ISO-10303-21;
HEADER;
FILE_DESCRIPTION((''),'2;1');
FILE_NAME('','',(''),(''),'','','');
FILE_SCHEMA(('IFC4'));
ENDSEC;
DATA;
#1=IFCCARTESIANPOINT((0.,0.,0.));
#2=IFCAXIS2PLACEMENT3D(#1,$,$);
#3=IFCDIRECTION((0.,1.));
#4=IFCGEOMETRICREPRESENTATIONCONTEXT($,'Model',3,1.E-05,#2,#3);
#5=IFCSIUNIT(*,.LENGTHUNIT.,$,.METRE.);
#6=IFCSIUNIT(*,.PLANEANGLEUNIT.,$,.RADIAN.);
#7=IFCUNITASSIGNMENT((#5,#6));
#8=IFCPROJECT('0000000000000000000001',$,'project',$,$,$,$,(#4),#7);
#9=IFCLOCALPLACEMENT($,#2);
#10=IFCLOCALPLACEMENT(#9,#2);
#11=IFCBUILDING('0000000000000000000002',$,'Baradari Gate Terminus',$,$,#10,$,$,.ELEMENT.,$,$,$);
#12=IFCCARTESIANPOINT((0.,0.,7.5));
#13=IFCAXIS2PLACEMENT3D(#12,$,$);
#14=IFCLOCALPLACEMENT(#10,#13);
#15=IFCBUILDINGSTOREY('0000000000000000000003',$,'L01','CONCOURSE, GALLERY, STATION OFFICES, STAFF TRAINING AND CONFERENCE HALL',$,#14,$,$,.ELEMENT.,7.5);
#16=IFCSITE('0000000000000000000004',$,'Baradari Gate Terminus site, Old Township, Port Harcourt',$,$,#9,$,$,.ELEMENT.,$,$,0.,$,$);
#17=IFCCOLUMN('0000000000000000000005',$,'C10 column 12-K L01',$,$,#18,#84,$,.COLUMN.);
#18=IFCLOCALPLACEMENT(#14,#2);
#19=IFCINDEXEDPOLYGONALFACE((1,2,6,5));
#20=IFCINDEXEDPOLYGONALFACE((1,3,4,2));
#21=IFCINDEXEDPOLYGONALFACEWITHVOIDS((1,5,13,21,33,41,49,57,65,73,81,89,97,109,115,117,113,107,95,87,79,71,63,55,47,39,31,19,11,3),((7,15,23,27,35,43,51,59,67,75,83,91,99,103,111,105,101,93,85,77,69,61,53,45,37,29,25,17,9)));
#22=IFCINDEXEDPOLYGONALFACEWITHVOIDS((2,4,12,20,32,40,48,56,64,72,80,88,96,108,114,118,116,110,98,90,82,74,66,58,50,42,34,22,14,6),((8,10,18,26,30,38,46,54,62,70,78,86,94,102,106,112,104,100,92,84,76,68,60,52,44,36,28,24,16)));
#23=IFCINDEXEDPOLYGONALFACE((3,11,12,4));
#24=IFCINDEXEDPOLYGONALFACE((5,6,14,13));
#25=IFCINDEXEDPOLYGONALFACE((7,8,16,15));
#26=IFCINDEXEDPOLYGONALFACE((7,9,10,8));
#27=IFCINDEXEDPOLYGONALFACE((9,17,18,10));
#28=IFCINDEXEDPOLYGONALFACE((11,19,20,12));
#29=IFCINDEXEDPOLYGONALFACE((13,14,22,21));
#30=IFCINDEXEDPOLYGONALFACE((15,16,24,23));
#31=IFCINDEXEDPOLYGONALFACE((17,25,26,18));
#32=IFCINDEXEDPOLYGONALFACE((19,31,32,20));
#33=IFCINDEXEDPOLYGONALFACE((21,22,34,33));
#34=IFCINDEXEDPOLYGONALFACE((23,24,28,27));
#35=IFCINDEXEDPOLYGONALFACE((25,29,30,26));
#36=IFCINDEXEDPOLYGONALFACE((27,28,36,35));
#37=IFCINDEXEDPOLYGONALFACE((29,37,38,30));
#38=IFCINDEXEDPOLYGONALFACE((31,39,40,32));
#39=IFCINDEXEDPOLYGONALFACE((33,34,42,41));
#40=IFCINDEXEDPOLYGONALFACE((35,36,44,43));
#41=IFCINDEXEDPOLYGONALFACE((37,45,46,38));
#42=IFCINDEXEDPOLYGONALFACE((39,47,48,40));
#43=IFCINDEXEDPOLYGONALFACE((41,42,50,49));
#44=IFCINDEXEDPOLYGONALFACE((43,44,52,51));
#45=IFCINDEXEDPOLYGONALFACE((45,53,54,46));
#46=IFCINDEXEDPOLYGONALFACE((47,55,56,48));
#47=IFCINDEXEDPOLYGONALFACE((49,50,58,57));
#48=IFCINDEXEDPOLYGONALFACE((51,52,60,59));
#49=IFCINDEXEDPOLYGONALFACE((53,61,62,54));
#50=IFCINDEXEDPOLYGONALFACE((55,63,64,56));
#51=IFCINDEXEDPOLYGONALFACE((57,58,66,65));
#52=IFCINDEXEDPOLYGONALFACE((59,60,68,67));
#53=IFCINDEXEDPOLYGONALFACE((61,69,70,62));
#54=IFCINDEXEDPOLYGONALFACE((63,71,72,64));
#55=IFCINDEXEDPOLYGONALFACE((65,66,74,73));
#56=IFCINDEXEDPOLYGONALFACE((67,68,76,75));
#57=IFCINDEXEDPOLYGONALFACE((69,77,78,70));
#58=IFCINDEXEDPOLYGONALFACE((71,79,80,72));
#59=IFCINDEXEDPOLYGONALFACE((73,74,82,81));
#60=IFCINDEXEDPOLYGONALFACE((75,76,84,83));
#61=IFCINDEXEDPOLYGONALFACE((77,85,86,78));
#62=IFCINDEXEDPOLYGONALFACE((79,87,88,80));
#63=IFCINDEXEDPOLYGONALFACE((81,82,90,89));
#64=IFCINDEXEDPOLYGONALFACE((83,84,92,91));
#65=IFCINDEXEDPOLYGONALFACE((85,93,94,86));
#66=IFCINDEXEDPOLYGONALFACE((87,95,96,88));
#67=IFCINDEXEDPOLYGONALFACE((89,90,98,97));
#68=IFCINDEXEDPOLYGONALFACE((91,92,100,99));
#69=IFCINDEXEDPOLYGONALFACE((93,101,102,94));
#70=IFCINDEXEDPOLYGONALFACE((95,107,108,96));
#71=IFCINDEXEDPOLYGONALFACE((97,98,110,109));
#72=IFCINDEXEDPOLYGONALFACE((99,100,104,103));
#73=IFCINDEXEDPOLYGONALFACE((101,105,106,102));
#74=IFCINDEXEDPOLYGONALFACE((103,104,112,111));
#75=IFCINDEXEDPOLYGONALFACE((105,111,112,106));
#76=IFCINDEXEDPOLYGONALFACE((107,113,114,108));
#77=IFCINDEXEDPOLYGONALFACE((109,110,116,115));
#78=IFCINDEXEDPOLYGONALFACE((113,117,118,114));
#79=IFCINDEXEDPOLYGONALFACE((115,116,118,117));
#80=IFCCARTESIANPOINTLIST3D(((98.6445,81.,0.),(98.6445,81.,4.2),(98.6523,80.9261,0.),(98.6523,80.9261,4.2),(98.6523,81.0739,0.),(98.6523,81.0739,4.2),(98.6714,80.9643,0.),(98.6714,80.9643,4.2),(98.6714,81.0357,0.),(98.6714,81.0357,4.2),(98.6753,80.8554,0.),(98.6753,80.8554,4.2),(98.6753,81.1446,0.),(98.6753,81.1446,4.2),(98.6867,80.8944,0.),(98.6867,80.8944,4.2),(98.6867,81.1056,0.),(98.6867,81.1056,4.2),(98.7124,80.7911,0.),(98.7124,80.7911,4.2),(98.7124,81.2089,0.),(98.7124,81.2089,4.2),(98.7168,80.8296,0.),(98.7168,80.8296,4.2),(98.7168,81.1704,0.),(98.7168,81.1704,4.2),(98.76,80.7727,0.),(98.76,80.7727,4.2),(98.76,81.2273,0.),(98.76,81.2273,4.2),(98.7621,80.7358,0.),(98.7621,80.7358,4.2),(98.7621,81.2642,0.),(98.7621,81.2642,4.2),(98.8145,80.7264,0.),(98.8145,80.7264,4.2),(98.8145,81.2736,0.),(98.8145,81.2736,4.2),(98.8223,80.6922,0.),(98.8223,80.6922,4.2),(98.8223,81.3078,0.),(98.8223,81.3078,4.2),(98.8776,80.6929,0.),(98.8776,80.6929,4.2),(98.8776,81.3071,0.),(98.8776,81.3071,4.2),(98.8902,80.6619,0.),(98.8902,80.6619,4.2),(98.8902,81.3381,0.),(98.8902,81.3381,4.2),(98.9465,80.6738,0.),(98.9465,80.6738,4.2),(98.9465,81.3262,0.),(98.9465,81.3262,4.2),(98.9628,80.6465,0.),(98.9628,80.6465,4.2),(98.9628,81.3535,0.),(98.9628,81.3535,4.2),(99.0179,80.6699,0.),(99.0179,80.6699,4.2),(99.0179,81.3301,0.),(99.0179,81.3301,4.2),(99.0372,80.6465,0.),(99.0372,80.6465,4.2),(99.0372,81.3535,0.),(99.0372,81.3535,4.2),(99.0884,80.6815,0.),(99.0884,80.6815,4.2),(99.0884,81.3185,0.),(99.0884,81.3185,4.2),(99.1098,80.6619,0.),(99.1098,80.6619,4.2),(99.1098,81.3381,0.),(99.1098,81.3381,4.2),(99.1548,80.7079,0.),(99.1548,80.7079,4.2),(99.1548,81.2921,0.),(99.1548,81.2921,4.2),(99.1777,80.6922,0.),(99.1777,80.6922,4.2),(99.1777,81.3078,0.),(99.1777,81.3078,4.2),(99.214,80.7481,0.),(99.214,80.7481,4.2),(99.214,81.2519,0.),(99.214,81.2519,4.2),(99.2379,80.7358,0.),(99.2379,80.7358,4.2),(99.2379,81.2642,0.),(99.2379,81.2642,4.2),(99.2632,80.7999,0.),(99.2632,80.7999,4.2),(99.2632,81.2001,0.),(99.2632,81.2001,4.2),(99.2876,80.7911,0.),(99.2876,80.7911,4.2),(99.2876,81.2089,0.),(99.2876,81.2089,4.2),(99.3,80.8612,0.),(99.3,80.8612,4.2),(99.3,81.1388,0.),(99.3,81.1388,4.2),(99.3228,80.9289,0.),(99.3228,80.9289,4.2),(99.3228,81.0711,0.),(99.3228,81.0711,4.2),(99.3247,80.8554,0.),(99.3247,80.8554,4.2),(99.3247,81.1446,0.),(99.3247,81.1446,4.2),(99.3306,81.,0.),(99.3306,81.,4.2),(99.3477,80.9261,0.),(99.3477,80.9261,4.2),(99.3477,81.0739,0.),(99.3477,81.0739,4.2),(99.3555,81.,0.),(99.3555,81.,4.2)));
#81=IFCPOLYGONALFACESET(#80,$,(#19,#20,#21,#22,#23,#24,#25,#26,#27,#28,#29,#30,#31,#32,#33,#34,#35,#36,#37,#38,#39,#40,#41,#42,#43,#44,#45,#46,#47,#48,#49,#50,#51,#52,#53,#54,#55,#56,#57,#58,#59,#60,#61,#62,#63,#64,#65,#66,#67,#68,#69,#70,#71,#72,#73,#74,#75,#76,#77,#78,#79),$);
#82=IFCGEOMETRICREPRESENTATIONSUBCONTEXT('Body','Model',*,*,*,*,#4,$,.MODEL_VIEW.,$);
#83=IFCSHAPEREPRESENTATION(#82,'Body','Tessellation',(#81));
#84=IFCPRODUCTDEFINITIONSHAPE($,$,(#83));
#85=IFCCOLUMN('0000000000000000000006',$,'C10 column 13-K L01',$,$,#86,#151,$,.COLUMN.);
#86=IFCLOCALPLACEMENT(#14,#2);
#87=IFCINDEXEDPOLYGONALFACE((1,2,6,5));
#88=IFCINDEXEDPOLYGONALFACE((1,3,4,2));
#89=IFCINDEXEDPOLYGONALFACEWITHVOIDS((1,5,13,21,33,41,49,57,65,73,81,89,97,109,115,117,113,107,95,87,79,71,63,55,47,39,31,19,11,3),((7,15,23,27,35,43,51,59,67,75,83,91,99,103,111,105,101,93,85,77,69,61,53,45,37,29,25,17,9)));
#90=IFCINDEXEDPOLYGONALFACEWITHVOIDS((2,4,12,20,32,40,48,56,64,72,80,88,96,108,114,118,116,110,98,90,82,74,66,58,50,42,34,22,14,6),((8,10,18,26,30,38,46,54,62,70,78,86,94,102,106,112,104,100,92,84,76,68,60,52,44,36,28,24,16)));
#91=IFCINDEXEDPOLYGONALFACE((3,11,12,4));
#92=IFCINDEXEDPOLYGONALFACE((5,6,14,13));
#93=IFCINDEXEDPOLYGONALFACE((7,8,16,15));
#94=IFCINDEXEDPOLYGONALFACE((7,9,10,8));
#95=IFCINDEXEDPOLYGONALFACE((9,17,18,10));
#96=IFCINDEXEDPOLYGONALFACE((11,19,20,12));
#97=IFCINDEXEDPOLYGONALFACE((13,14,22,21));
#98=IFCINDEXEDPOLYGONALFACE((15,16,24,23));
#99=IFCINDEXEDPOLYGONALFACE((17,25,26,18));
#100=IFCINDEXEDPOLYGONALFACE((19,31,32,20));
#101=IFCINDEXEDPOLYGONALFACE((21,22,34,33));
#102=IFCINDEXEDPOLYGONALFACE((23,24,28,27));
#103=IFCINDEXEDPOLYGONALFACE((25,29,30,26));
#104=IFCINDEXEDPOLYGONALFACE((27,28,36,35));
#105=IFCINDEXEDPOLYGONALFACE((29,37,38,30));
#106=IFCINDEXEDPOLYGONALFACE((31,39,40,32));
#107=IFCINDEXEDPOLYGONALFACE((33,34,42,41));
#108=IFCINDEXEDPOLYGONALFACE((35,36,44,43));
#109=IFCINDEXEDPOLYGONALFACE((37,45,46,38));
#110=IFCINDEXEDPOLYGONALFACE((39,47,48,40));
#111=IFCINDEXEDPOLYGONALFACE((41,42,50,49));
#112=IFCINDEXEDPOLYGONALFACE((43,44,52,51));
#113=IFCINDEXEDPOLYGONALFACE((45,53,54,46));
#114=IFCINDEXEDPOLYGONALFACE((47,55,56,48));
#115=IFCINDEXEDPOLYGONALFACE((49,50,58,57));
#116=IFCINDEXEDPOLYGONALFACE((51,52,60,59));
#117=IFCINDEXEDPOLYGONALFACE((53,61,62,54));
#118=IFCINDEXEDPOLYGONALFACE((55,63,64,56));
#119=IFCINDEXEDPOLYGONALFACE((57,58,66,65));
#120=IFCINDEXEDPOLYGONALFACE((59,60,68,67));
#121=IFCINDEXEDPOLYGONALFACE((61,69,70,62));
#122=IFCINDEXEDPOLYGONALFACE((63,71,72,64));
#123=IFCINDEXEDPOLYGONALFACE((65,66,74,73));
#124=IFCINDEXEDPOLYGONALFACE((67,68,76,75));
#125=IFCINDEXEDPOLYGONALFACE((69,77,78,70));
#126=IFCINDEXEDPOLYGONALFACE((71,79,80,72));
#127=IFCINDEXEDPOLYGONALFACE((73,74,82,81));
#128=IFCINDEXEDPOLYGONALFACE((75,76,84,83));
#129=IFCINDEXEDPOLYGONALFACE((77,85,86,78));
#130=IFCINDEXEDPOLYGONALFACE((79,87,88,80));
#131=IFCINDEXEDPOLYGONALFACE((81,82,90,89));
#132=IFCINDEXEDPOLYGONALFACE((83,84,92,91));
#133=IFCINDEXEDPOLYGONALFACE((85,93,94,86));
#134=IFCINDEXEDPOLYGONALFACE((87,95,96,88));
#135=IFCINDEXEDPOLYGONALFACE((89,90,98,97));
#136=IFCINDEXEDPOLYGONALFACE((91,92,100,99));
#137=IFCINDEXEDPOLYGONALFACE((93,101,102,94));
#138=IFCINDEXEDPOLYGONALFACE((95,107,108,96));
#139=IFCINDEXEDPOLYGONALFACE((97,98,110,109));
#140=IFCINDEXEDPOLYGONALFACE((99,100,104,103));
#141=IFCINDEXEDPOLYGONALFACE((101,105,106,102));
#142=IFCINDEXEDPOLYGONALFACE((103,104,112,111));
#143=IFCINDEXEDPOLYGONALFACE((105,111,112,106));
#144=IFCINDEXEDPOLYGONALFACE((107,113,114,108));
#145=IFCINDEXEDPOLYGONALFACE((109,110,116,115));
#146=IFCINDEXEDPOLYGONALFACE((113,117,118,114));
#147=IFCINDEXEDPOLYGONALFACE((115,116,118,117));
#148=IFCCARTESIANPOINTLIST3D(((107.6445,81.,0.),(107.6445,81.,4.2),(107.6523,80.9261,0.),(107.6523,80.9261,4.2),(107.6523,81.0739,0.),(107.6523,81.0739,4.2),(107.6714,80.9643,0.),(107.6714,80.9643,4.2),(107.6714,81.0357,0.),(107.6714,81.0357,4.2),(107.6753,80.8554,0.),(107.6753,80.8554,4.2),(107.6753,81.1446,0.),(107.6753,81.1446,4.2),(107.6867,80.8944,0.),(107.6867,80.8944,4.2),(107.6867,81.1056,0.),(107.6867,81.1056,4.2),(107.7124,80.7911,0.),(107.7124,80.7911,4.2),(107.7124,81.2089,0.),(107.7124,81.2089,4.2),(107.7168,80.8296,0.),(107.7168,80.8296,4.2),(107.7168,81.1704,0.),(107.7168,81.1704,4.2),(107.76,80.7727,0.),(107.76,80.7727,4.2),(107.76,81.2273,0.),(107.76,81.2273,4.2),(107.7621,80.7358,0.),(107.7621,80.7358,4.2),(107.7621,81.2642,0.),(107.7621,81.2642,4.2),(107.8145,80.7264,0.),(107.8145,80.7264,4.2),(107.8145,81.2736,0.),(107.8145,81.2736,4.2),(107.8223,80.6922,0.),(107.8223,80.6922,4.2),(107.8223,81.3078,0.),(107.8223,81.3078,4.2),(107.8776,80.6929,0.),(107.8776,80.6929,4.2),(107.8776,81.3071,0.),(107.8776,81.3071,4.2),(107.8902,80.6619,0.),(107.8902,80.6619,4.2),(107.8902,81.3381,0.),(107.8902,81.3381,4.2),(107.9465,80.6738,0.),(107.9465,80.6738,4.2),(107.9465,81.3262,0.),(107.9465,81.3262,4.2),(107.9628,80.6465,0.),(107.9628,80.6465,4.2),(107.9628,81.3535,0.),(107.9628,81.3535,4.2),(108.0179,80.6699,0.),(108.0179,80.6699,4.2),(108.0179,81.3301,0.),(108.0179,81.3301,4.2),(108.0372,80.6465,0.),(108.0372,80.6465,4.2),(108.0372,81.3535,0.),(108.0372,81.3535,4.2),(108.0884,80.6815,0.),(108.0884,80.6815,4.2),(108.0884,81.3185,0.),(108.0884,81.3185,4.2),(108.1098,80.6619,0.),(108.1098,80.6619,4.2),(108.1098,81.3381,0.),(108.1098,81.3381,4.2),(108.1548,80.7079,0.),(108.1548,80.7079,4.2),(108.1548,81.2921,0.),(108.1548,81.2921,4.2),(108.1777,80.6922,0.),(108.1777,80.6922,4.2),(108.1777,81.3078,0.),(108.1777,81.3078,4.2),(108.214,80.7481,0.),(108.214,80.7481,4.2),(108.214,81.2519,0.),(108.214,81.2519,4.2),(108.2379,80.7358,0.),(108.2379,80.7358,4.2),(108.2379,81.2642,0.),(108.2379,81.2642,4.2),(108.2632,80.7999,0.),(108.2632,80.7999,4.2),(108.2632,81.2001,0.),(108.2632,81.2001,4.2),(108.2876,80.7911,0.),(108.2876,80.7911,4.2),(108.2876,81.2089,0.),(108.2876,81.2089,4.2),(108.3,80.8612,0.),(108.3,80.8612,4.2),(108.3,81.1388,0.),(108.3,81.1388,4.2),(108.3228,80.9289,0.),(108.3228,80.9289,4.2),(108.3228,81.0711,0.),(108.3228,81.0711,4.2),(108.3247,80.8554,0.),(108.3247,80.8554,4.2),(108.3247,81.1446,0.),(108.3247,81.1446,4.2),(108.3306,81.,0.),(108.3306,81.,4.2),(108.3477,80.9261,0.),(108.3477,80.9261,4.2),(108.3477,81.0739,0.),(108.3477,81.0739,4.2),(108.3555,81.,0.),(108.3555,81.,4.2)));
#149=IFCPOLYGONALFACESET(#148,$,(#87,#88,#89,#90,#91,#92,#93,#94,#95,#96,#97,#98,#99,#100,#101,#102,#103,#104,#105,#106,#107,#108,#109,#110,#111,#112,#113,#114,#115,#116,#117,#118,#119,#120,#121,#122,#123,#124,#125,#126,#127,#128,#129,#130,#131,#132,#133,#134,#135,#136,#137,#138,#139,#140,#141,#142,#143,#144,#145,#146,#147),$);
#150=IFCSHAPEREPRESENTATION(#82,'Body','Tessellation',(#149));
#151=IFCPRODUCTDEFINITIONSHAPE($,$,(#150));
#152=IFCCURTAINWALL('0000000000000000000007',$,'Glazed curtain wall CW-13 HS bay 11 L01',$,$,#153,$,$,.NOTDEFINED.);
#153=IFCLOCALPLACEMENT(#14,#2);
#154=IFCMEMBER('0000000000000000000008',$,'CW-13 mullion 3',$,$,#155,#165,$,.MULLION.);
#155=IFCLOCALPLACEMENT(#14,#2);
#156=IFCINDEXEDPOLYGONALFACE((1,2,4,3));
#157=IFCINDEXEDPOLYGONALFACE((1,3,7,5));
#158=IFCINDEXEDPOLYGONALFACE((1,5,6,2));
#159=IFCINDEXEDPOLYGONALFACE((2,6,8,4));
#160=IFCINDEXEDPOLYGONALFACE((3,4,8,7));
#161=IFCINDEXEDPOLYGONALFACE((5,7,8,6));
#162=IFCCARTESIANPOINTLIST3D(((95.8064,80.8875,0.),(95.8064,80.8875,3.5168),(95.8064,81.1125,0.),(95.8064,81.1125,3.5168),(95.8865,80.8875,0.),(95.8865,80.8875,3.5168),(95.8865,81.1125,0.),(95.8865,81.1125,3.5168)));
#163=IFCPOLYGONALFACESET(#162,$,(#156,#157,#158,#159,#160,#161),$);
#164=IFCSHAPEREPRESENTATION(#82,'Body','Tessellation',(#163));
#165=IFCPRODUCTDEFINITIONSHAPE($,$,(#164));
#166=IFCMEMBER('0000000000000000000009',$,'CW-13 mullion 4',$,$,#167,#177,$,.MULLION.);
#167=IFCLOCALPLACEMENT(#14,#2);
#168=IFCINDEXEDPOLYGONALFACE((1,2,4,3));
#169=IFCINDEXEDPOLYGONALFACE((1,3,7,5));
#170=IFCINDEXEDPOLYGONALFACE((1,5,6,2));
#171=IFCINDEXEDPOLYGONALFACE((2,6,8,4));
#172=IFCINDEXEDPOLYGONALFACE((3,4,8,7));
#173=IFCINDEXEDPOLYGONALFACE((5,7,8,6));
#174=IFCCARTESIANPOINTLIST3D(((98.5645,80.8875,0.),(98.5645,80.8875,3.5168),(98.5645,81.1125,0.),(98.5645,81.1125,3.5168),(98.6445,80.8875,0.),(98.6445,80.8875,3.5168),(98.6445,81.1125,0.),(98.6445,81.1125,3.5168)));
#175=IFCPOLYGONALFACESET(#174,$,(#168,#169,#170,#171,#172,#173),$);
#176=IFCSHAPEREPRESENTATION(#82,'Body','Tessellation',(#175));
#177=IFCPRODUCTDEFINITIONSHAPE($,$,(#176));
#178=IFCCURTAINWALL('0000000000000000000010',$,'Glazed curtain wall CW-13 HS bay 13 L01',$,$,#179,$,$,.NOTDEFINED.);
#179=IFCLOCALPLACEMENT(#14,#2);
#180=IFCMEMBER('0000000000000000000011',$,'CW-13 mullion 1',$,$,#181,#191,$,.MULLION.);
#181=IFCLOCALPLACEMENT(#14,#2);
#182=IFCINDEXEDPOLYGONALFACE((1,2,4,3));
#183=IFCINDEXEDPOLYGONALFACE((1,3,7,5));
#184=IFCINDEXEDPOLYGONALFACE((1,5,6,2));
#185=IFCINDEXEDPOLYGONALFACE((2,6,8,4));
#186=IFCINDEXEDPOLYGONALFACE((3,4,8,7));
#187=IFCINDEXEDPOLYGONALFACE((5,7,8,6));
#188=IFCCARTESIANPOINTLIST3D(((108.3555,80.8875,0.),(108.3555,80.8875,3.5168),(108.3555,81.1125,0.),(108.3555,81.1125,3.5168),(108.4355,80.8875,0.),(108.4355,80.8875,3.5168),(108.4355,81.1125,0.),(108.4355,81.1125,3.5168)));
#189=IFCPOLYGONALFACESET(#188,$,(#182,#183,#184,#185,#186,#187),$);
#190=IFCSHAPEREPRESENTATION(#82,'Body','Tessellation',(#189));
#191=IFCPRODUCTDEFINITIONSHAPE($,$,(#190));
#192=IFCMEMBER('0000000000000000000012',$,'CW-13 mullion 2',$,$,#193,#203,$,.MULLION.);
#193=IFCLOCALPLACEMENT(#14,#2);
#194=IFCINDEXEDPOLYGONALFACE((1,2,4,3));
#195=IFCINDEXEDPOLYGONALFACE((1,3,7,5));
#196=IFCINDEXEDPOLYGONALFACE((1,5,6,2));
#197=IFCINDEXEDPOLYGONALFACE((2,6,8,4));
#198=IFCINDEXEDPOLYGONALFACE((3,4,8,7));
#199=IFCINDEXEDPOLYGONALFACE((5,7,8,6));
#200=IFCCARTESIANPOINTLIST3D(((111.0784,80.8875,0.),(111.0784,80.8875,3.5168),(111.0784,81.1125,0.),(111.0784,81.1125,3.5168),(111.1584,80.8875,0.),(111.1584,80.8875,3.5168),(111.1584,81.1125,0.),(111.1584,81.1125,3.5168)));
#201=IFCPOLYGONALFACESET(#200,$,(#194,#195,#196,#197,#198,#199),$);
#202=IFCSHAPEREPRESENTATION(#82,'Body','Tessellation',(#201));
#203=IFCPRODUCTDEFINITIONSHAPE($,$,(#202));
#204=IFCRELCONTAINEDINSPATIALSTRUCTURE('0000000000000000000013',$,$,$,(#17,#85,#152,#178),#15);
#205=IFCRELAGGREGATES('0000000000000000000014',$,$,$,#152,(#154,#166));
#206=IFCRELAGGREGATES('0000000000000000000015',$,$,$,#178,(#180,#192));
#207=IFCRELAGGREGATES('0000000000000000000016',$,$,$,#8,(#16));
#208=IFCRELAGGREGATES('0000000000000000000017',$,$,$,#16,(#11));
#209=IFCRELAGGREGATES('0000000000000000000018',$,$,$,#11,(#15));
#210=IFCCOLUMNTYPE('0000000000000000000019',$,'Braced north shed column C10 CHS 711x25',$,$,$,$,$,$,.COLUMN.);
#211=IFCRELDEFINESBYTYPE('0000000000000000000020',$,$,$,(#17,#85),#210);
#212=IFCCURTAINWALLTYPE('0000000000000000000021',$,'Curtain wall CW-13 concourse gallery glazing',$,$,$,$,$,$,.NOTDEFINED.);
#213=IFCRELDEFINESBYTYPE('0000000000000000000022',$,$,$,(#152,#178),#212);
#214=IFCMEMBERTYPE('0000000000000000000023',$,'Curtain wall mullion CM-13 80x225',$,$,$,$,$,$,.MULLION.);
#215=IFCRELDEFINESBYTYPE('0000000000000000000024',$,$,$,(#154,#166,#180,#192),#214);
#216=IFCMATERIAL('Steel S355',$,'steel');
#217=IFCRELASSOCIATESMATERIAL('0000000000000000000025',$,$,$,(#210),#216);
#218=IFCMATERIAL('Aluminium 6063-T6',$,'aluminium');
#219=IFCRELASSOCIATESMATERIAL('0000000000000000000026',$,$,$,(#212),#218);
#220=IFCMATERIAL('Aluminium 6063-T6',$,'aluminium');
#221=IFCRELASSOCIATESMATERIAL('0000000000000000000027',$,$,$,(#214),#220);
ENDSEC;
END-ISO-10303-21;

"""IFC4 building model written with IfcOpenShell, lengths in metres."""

from ifc_helpers import new_model, si_unit, direction, frame, origin, origin_2d, place, context, subcontext, project, spatial, rectangle, hollow_circle, extrude, material, material_profile, profile_set, type_object, element, aggregate, save


model = new_model("IFC4")

# Units and contexts
model_context = context("Model", 3, precision=1e-05, world=origin(), true_north=direction((0.0, 1.0)))
body_context = subcontext(model_context, "Body", "Model", "MODEL_VIEW")
ifc_project = project(units=[si_unit("LENGTHUNIT", "METRE"), si_unit("PLANEANGLEUNIT", "RADIAN")], contexts=[model_context])

# Site, building, storey
site_placement = place(None, origin())
site = spatial("IfcSite", under=ifc_project, at=site_placement, Name="Baradari Gate Terminus site, Old Township, Port Harcourt", CompositionType="ELEMENT", RefElevation=0.0)
building_placement = place(site_placement, origin())
building = spatial("IfcBuilding", under=site, at=building_placement, Name="Baradari Gate Terminus", CompositionType="ELEMENT")
storey_placement = place(building_placement, frame((0.0, 0.0, 7.5)))
storey = spatial("IfcBuildingStorey", under=building, at=storey_placement, Name="L01", Description="CONCOURSE, GALLERY, STATION OFFICES, STAFF TRAINING AND CONFERENCE HALL", CompositionType="ELEMENT", Elevation=7.5)

# Columns
ifc_material_1 = material(Name="Steel S355", Category="steel")
ifc_material_profile_1 = material_profile(ifc_material_1, hollow_circle(Radius=0.3555, WallThickness=0.0249, at=origin_2d()), Name="CHS 711x25")
ifc_profile_set_1 = profile_set([ifc_material_profile_1], Name="Steel S355")
column_type = type_object("IfcColumnType", Name="Braced north shed column C10 CHS 711x25", PredefinedType="COLUMN", material=ifc_profile_set_1)
for number, where, z_axis, x_axis, name in (
    (1, (99.0, 81.0, 0.0), (0.0, 0.0, 1.0), (1.0, 0.0, 0.0), "C10 column 12-K L01"),
    (2, (108.0, 81.0, 0.0), (0.0, 0.0, 1.0), (1.0, 0.0, 0.0), "C10 column 13-K L01"),
):
    element("IfcColumn", number, at=place(storey_placement, frame(where, z_axis=z_axis, x_axis=x_axis)), inside=storey, type_object=column_type, Name=name, PredefinedType="COLUMN", context=body_context, shape_type="SweptSolid", body=[
        extrude(hollow_circle(Radius=0.3555, WallThickness=0.0249, at=origin_2d()), origin(), (0.0, 0.0, 1.0), 4.2),
    ])

# Curtain walls, members
ifc_material_2 = material(Name="Aluminium 6063-T6", Category="aluminium")
curtain_wall_type = type_object("IfcCurtainWallType", Name="Curtain wall CW-13 concourse gallery glazing", PredefinedType="NOTDEFINED", material=ifc_material_2)
curtain_wall_1_placement = place(storey_placement, origin())
curtain_wall_1 = element("IfcCurtainWall", 3, at=curtain_wall_1_placement, inside=storey, type_object=curtain_wall_type, Name="Glazed curtain wall CW-13 HS bay 11 L01", PredefinedType="NOTDEFINED")
ifc_material_3 = material(Name="Aluminium 6063-T6", Category="aluminium")
ifc_material_profile_2 = material_profile(ifc_material_3, rectangle(XDim=0.2251, YDim=0.0801, at=origin_2d()), Name="CM-13 80X225")
ifc_profile_set_2 = profile_set([ifc_material_profile_2], Name="Aluminium 6063-T6")
member_type_1 = type_object("IfcMemberType", Name="Curtain wall mullion CM-13 80x225", PredefinedType="MULLION", material=ifc_profile_set_2)
member_1_placement = place(storey_placement, frame((95.8464, 81.0, 0.0), z_axis=(0.0, 0.0, 1.0), x_axis=(0.0, 1.0, 0.0)))
member_1 = element("IfcMember", 4, at=member_1_placement, type_object=member_type_1, Name="CW-13 mullion 3", PredefinedType="MULLION", context=body_context, shape_type="SweptSolid", body=[
    extrude(rectangle(XDim=0.2251, YDim=0.0801, at=origin_2d()), origin(), (0.0, 0.0, 1.0), 3.5168),
])
member_2_placement = place(storey_placement, frame((98.6045, 81.0, 0.0), z_axis=(0.0, 0.0, 1.0), x_axis=(0.0, 1.0, 0.0)))
member_2 = element("IfcMember", 5, at=member_2_placement, type_object=member_type_1, Name="CW-13 mullion 4", PredefinedType="MULLION", context=body_context, shape_type="SweptSolid", body=[
    extrude(rectangle(XDim=0.2251, YDim=0.0801, at=origin_2d()), origin(), (0.0, 0.0, 1.0), 3.5168),
])
curtain_wall_2_placement = place(storey_placement, origin())
curtain_wall_2 = element("IfcCurtainWall", 6, at=curtain_wall_2_placement, inside=storey, type_object=curtain_wall_type, Name="Glazed curtain wall CW-13 HS bay 13 L01", PredefinedType="NOTDEFINED")
member_3_placement = place(storey_placement, frame((108.3955, 81.0, 0.0), z_axis=(0.0, 0.0, 1.0), x_axis=(0.0, 1.0, 0.0)))
member_3 = element("IfcMember", 7, at=member_3_placement, type_object=member_type_1, Name="CW-13 mullion 1", PredefinedType="MULLION", context=body_context, shape_type="SweptSolid", body=[
    extrude(rectangle(XDim=0.2251, YDim=0.0801, at=origin_2d()), origin(), (0.0, 0.0, 1.0), 3.5168),
])
member_4_placement = place(storey_placement, frame((111.1184, 81.0, 0.0), z_axis=(0.0, 0.0, 1.0), x_axis=(0.0, 1.0, 0.0)))
member_4 = element("IfcMember", 8, at=member_4_placement, type_object=member_type_1, Name="CW-13 mullion 2", PredefinedType="MULLION", context=body_context, shape_type="SweptSolid", body=[
    extrude(rectangle(XDim=0.2251, YDim=0.0801, at=origin_2d()), origin(), (0.0, 0.0, 1.0), 3.5168),
])

aggregate(curtain_wall_1, [member_1, member_2])
aggregate(curtain_wall_2, [member_3, member_4])

save(model, "model.ifc")
